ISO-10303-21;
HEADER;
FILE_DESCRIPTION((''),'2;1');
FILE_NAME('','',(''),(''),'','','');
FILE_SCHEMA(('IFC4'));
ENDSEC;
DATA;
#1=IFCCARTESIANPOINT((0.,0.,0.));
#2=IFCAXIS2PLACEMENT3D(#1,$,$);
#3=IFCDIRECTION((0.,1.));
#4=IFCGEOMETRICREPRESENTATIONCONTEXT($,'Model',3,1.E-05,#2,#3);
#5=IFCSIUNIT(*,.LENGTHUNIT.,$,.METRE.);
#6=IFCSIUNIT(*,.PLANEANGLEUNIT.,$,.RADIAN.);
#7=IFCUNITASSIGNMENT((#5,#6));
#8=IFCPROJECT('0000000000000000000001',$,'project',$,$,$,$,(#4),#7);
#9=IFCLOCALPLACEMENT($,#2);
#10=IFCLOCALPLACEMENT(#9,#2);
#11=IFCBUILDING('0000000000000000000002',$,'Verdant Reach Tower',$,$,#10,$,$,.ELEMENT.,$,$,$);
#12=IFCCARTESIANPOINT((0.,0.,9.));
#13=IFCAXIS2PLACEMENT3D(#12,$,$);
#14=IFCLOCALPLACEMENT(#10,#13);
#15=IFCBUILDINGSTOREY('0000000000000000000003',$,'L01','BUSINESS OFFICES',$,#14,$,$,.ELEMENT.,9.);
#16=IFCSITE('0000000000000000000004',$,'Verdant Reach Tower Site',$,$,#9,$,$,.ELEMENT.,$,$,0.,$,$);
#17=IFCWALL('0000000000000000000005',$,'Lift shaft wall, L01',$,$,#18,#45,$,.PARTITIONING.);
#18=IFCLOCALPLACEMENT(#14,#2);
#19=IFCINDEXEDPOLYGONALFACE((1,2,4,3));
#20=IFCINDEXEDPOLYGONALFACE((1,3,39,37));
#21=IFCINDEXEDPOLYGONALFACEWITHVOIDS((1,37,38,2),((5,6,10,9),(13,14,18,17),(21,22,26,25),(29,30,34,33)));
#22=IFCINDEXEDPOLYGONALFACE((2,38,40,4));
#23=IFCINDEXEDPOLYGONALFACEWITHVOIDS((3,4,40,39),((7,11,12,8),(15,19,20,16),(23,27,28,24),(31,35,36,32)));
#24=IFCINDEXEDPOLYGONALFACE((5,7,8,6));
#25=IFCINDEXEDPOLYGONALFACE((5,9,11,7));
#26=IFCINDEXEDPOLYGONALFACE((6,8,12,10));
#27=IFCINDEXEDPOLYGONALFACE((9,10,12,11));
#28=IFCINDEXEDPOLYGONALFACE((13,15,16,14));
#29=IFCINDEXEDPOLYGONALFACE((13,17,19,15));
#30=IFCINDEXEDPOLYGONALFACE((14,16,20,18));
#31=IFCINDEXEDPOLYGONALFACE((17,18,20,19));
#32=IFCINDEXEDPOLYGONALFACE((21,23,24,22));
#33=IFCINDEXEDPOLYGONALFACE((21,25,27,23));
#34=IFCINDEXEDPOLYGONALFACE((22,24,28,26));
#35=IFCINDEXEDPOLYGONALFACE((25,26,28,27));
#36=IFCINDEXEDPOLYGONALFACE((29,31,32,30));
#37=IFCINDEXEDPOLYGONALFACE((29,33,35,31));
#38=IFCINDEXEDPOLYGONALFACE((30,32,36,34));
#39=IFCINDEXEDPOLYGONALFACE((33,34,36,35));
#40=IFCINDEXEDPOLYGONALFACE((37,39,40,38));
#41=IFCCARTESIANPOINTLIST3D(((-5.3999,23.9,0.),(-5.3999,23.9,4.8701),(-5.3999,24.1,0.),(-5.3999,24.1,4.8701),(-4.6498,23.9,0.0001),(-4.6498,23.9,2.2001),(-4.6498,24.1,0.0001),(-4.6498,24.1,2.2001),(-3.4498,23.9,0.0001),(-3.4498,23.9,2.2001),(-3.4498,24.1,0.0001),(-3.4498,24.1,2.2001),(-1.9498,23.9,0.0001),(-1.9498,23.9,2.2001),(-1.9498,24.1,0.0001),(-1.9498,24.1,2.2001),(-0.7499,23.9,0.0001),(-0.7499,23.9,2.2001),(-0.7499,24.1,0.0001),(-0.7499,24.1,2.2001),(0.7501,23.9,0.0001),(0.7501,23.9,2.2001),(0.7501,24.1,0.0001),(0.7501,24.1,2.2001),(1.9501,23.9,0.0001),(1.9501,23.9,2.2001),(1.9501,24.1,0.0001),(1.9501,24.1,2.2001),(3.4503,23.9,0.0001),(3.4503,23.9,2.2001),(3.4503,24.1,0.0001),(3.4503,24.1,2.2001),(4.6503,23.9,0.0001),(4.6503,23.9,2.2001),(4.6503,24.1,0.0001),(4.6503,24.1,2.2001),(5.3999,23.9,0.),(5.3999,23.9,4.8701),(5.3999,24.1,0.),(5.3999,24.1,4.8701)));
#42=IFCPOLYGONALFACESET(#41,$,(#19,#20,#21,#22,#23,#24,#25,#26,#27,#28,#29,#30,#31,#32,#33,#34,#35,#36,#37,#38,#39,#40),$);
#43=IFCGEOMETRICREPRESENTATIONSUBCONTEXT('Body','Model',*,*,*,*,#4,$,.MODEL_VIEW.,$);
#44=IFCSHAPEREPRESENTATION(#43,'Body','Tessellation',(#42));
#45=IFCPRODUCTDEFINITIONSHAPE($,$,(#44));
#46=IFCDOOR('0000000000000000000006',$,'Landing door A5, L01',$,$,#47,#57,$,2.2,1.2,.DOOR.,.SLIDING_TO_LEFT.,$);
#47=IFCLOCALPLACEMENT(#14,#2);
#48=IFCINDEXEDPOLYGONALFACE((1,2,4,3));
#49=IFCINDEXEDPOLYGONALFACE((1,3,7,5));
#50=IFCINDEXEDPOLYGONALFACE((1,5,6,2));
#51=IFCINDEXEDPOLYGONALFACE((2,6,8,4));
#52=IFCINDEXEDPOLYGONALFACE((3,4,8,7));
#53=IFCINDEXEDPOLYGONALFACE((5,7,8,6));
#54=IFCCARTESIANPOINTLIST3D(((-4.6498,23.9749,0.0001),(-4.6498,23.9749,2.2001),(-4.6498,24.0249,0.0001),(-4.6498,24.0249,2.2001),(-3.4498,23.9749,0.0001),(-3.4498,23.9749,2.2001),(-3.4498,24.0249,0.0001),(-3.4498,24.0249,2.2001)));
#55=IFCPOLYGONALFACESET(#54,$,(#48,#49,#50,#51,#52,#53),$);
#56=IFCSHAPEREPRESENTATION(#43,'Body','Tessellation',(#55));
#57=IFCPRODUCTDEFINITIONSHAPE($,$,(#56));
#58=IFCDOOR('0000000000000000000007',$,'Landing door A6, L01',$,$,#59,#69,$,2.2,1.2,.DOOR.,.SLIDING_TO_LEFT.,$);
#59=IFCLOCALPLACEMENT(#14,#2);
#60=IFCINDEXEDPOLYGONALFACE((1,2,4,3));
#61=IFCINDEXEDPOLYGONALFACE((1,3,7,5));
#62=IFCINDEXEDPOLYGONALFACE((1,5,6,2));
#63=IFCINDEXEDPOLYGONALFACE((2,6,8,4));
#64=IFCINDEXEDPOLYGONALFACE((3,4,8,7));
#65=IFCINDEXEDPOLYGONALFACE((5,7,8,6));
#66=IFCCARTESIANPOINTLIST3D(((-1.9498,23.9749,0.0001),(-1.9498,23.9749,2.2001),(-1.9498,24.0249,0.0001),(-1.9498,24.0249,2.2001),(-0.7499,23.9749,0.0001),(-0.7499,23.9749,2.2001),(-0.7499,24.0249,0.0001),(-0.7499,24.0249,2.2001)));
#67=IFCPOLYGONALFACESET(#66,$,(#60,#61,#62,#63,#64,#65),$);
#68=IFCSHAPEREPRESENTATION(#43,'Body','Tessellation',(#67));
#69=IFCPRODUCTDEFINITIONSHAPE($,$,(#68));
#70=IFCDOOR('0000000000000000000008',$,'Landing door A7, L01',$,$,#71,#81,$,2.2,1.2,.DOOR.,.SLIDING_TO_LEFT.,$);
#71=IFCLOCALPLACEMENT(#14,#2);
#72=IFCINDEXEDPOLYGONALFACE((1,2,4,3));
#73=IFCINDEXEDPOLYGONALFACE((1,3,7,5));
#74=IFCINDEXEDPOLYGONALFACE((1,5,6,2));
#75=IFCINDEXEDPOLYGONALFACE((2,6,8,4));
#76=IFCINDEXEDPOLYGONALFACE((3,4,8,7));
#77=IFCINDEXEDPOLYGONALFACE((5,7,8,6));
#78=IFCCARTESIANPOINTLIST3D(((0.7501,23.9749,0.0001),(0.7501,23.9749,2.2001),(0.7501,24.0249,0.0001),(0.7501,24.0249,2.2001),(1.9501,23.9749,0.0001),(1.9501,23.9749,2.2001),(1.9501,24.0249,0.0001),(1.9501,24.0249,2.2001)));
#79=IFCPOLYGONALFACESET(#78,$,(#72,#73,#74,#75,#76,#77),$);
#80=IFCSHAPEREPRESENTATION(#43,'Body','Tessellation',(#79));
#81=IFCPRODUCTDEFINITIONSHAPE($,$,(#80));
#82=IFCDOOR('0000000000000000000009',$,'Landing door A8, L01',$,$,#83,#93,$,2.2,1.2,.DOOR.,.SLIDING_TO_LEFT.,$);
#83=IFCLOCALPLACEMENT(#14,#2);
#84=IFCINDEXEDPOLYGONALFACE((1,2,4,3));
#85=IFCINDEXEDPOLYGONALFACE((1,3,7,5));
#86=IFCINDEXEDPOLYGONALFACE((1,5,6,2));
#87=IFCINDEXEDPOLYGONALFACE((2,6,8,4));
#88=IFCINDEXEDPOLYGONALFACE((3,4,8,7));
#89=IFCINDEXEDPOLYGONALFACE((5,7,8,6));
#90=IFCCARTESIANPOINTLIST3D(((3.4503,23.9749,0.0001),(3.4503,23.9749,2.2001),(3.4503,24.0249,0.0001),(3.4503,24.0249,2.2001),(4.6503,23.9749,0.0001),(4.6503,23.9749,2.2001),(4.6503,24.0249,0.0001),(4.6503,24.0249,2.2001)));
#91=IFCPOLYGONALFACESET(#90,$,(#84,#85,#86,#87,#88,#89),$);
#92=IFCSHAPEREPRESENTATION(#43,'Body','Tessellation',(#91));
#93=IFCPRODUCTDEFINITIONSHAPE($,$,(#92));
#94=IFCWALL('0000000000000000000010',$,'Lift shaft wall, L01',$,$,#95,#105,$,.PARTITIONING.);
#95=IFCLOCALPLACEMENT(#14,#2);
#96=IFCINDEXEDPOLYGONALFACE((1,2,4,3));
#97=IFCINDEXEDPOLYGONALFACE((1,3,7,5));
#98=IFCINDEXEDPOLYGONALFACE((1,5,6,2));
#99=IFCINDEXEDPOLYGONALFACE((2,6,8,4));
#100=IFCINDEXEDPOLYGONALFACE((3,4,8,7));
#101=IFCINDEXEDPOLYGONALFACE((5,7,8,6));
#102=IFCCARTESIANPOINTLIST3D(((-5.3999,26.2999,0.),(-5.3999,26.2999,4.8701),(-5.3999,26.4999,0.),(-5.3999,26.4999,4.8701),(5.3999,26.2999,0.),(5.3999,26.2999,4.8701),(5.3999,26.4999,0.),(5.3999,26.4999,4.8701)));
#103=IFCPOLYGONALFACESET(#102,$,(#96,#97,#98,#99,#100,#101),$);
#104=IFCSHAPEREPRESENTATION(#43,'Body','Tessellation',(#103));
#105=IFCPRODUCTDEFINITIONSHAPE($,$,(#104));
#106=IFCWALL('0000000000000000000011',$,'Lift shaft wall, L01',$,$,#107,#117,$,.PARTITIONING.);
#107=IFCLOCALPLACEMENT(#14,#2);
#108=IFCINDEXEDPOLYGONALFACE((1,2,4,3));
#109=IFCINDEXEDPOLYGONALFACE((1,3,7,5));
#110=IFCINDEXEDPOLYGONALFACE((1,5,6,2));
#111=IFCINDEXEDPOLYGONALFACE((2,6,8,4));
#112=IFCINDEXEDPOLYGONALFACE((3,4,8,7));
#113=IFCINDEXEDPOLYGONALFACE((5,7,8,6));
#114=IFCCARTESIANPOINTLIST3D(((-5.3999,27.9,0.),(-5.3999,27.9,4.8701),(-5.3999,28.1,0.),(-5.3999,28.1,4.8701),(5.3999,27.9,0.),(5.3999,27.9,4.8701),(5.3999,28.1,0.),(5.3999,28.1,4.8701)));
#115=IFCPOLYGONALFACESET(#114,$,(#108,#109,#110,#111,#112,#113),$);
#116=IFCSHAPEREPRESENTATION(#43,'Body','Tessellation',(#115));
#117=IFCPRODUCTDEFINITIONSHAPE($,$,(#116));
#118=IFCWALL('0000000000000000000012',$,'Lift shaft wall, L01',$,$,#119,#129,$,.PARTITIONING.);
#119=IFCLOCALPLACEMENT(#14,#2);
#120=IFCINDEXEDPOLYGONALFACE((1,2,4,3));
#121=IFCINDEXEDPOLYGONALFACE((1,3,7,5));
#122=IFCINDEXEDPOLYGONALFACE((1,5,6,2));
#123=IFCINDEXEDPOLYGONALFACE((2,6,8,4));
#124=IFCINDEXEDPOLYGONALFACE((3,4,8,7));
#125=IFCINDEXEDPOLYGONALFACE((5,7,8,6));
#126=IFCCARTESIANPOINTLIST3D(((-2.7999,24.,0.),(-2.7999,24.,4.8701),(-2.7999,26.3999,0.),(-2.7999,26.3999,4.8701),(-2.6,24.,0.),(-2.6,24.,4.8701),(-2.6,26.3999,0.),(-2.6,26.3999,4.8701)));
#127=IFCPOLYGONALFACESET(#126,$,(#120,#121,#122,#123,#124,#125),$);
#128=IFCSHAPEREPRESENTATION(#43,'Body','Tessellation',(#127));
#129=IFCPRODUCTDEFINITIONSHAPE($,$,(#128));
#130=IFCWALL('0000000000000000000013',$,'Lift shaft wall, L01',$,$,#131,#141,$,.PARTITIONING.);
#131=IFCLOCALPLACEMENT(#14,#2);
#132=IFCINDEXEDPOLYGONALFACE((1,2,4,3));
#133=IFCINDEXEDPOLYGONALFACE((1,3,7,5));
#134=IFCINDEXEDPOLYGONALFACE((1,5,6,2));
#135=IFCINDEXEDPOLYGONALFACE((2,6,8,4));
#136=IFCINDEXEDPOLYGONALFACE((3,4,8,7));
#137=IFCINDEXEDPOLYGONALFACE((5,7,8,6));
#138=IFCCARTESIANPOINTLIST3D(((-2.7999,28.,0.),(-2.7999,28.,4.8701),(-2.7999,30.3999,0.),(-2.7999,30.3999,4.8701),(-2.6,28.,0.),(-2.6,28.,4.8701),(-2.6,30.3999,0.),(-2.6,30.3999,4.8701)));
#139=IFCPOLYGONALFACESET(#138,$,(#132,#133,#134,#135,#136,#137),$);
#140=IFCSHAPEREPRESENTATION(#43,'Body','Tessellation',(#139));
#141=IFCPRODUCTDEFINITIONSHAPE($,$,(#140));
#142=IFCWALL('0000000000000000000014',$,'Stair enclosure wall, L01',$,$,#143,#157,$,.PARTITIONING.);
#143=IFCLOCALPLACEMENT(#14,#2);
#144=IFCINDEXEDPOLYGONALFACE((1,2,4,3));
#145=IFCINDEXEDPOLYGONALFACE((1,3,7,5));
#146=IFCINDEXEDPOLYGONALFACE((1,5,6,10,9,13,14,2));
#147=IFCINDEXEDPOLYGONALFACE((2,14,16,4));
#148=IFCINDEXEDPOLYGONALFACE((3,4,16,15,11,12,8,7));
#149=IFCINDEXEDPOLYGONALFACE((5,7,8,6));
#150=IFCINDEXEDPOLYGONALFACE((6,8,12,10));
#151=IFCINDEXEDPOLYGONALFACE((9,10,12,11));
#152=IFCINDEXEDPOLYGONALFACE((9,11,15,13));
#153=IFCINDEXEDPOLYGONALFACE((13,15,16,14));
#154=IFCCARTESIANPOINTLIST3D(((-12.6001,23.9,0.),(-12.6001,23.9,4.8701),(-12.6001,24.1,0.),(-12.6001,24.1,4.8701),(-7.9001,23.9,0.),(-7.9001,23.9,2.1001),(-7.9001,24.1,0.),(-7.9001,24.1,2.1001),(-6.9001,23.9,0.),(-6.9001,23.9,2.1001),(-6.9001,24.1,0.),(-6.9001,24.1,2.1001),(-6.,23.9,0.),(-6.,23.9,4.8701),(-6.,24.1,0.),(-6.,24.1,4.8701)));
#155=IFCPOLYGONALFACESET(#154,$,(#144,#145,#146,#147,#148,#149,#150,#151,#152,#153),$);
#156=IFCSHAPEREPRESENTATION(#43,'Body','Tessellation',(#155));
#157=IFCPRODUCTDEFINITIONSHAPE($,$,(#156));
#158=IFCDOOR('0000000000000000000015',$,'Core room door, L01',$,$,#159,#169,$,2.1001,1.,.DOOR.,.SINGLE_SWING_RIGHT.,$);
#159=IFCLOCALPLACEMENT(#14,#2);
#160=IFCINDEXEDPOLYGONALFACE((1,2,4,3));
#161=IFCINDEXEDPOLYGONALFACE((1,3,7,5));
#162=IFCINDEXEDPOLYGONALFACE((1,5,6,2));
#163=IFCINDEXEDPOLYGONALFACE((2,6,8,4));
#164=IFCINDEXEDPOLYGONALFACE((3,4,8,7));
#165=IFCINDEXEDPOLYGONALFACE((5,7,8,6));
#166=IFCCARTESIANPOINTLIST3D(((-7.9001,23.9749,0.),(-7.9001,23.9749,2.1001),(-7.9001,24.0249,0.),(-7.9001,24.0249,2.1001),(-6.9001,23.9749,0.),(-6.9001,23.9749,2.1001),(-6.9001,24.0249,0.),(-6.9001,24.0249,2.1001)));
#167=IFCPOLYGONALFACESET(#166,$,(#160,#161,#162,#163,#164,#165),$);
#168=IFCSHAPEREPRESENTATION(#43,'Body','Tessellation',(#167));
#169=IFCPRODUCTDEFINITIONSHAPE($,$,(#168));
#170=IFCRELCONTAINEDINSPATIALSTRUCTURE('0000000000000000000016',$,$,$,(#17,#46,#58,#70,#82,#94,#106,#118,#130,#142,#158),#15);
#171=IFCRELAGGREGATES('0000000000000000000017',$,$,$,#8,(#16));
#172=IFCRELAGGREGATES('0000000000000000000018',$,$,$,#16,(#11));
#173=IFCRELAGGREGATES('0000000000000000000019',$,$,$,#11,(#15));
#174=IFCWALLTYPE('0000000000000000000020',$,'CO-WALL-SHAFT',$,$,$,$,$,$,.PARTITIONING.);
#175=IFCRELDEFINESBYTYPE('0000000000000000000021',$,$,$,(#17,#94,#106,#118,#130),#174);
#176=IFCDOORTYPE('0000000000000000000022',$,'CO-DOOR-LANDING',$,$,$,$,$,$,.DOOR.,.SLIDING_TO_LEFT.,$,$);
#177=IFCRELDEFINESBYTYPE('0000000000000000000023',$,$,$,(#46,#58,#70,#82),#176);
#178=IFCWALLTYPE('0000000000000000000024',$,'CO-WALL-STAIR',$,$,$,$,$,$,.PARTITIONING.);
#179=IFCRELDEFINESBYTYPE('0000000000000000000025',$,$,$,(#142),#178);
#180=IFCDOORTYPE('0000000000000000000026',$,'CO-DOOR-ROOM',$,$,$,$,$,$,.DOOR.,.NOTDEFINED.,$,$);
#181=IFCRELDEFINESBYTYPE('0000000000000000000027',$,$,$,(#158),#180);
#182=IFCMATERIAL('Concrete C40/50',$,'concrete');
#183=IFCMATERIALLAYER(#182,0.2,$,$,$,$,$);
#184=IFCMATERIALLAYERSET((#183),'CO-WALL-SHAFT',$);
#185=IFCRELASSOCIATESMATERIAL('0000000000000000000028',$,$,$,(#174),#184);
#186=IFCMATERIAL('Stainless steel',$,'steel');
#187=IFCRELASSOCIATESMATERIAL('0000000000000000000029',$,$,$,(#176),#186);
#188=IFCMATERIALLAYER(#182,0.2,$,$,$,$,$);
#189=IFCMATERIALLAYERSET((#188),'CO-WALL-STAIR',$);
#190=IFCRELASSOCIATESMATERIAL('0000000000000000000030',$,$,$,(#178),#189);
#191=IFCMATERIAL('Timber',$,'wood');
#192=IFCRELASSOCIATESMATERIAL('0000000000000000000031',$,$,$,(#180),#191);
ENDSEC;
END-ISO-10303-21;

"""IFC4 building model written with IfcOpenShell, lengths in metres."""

from ifc_helpers import new_model, si_unit, direction, frame, frame_2d, origin, place, context, subcontext, project, spatial, rectangle, extrude, material, layer, layer_set, type_object, element, fill, save


model = new_model("IFC4")

# Units and contexts
model_context = context("Model", 3, precision=1e-05, world=origin(), true_north=direction((0.0, 1.0)))
body_context = subcontext(model_context, "Body", "Model", "MODEL_VIEW")
ifc_project = project(units=[si_unit("LENGTHUNIT", "METRE"), si_unit("PLANEANGLEUNIT", "RADIAN")], contexts=[model_context])

# Site, building, storey
site_placement = place(None, origin())
site = spatial("IfcSite", under=ifc_project, at=site_placement, Name="Verdant Reach Tower Site", CompositionType="ELEMENT", RefElevation=0.0)
building_placement = place(site_placement, origin())
building = spatial("IfcBuilding", under=site, at=building_placement, Name="Verdant Reach Tower", CompositionType="ELEMENT")
storey_placement = place(building_placement, frame((0.0, 0.0, 9.0)))
storey = spatial("IfcBuildingStorey", under=building, at=storey_placement, Name="L01", Description="BUSINESS OFFICES", CompositionType="ELEMENT", Elevation=9.0)

# Wall, openings, doors
ifc_material_1 = material(Name="Concrete C40/50", Category="concrete")
ifc_layer_1 = layer(ifc_material_1, 0.2)
ifc_layer_set_1 = layer_set([ifc_layer_1], Name="CO-WALL-SHAFT")
wall_type_1 = type_object("IfcWallType", Name="CO-WALL-SHAFT", PredefinedType="PARTITIONING", material=ifc_layer_set_1)
wall_1_placement = place(storey_placement, frame((-5.3999, 24.0, 0.0), z_axis=(0.0, 0.0, 1.0), x_axis=(1.0, 0.0, 0.0)))
wall_1 = element("IfcWall", 1, at=wall_1_placement, inside=storey, type_object=wall_type_1, Name="Lift shaft wall, L01", PredefinedType="PARTITIONING", context=body_context, shape_type="SweptSolid", body=[
    extrude(rectangle(XDim=10.7998, YDim=0.2, at=frame_2d((5.3999, 0.0))), origin(), (0.0, 0.0, 1.0), 4.8701),
])
opening_1_placement = place(wall_1_placement, frame((0.75, 0.0, 0.0)))
opening_1 = element("IfcOpeningElement", 2, at=opening_1_placement, cuts=wall_1, PredefinedType="OPENING", context=body_context, shape_type="SweptSolid", body=[
    extrude(rectangle(XDim=1.2, YDim=2.2, at=frame_2d((0.6001, 1.1001))), frame((0.0, 0.1099, 0.0), z_axis=(0.0, -1.0, 0.0), x_axis=(1.0, 0.0, 0.0)), (0.0, 0.0, 1.0), 0.22),
])
opening_2_placement = place(wall_1_placement, frame((3.45, 0.0, 0.0)))
opening_2 = element("IfcOpeningElement", 3, at=opening_2_placement, cuts=wall_1, PredefinedType="OPENING", context=body_context, shape_type="SweptSolid", body=[
    extrude(rectangle(XDim=1.2, YDim=2.2, at=frame_2d((0.6001, 1.1001))), frame((0.0, 0.1099, 0.0), z_axis=(0.0, -1.0, 0.0), x_axis=(1.0, 0.0, 0.0)), (0.0, 0.0, 1.0), 0.22),
])
opening_3_placement = place(wall_1_placement, frame((6.1499, 0.0, 0.0)))
opening_3 = element("IfcOpeningElement", 4, at=opening_3_placement, cuts=wall_1, PredefinedType="OPENING", context=body_context, shape_type="SweptSolid", body=[
    extrude(rectangle(XDim=1.2, YDim=2.2, at=frame_2d((0.6001, 1.1001))), frame((0.0, 0.1099, 0.0), z_axis=(0.0, -1.0, 0.0), x_axis=(1.0, 0.0, 0.0)), (0.0, 0.0, 1.0), 0.22),
])
opening_4_placement = place(wall_1_placement, frame((8.8501, 0.0, 0.0)))
opening_4 = element("IfcOpeningElement", 5, at=opening_4_placement, cuts=wall_1, PredefinedType="OPENING", context=body_context, shape_type="SweptSolid", body=[
    extrude(rectangle(XDim=1.2, YDim=2.2, at=frame_2d((0.6001, 1.1001))), frame((0.0, 0.1099, 0.0), z_axis=(0.0, -1.0, 0.0), x_axis=(1.0, 0.0, 0.0)), (0.0, 0.0, 1.0), 0.22),
])
ifc_material_2 = material(Name="Stainless steel", Category="steel")
door_type_1 = type_object("IfcDoorType", Name="CO-DOOR-LANDING", OperationType="SLIDING_TO_LEFT", PredefinedType="DOOR", material=ifc_material_2)
door_1_placement = place(opening_1_placement, origin())
door_1 = element("IfcDoor", 6, at=door_1_placement, inside=storey, type_object=door_type_1, Name="Landing door A5, L01", OperationType="SLIDING_TO_LEFT", OverallHeight=2.2, OverallWidth=1.2, PredefinedType="DOOR", context=body_context, shape_type="SweptSolid", body=[
    extrude(rectangle(XDim=1.2, YDim=2.2, at=frame_2d((0.6001, 1.1001))), frame((0.0, 0.0249, 0.0), z_axis=(0.0, -1.0, 0.0), x_axis=(1.0, 0.0, 0.0)), (0.0, 0.0, 1.0), 0.05),
])
fill(opening_1, door_1)
door_2_placement = place(opening_2_placement, origin())
door_2 = element("IfcDoor", 7, at=door_2_placement, inside=storey, type_object=door_type_1, Name="Landing door A6, L01", OperationType="SLIDING_TO_LEFT", OverallHeight=2.2, OverallWidth=1.2, PredefinedType="DOOR", context=body_context, shape_type="SweptSolid", body=[
    extrude(rectangle(XDim=1.2, YDim=2.2, at=frame_2d((0.6001, 1.1001))), frame((0.0, 0.0249, 0.0), z_axis=(0.0, -1.0, 0.0), x_axis=(1.0, 0.0, 0.0)), (0.0, 0.0, 1.0), 0.05),
])
fill(opening_2, door_2)
door_3_placement = place(opening_3_placement, origin())
door_3 = element("IfcDoor", 8, at=door_3_placement, inside=storey, type_object=door_type_1, Name="Landing door A7, L01", OperationType="SLIDING_TO_LEFT", OverallHeight=2.2, OverallWidth=1.2, PredefinedType="DOOR", context=body_context, shape_type="SweptSolid", body=[
    extrude(rectangle(XDim=1.2, YDim=2.2, at=frame_2d((0.6001, 1.1001))), frame((0.0, 0.0249, 0.0), z_axis=(0.0, -1.0, 0.0), x_axis=(1.0, 0.0, 0.0)), (0.0, 0.0, 1.0), 0.05),
])
fill(opening_3, door_3)
door_4_placement = place(opening_4_placement, origin())
door_4 = element("IfcDoor", 9, at=door_4_placement, inside=storey, type_object=door_type_1, Name="Landing door A8, L01", OperationType="SLIDING_TO_LEFT", OverallHeight=2.2, OverallWidth=1.2, PredefinedType="DOOR", context=body_context, shape_type="SweptSolid", body=[
    extrude(rectangle(XDim=1.2, YDim=2.2, at=frame_2d((0.6001, 1.1001))), frame((0.0, 0.0249, 0.0), z_axis=(0.0, -1.0, 0.0), x_axis=(1.0, 0.0, 0.0)), (0.0, 0.0, 1.0), 0.05),
])
fill(opening_4, door_4)

# Walls
for number, where, z_axis, x_axis, name in (
    (10, (-5.3999, 26.3999, 0.0), (0.0, 0.0, 1.0), (1.0, 0.0, 0.0), "Lift shaft wall, L01"),
    (11, (-5.3999, 28.0, 0.0), (0.0, 0.0, 1.0), (1.0, 0.0, 0.0), "Lift shaft wall, L01"),
):
    element("IfcWall", number, at=place(storey_placement, frame(where, z_axis=z_axis, x_axis=x_axis)), inside=storey, type_object=wall_type_1, Name=name, PredefinedType="PARTITIONING", context=body_context, shape_type="SweptSolid", body=[
        extrude(rectangle(XDim=10.7998, YDim=0.2, at=frame_2d((5.3999, 0.0))), origin(), (0.0, 0.0, 1.0), 4.8701),
    ])
for number, where, z_axis, x_axis, name in (
    (12, (-2.7, 24.0, 0.0), (0.0, 0.0, 1.0), (0.0, 1.0, 0.0), "Lift shaft wall, L01"),
    (13, (-2.7, 28.0, 0.0), (0.0, 0.0, 1.0), (0.0, 1.0, 0.0), "Lift shaft wall, L01"),
):
    element("IfcWall", number, at=place(storey_placement, frame(where, z_axis=z_axis, x_axis=x_axis)), inside=storey, type_object=wall_type_1, Name=name, PredefinedType="PARTITIONING", context=body_context, shape_type="SweptSolid", body=[
        extrude(rectangle(XDim=2.3999, YDim=0.2, at=frame_2d((1.2, 0.0))), origin(), (0.0, 0.0, 1.0), 4.8701),
    ])

# Wall, opening, door
ifc_layer_2 = layer(ifc_material_1, 0.2)
ifc_layer_set_2 = layer_set([ifc_layer_2], Name="CO-WALL-STAIR")
wall_type_2 = type_object("IfcWallType", Name="CO-WALL-STAIR", PredefinedType="PARTITIONING", material=ifc_layer_set_2)
wall_2_placement = place(storey_placement, frame((-12.6001, 24.0, 0.0), z_axis=(0.0, 0.0, 1.0), x_axis=(1.0, 0.0, 0.0)))
wall_2 = element("IfcWall", 14, at=wall_2_placement, inside=storey, type_object=wall_type_2, Name="Stair enclosure wall, L01", PredefinedType="PARTITIONING", context=body_context, shape_type="SweptSolid", body=[
    extrude(rectangle(XDim=6.6001, YDim=0.2, at=frame_2d((3.3, 0.0))), origin(), (0.0, 0.0, 1.0), 4.8701),
])
opening_5_placement = place(wall_2_placement, frame((4.7, 0.0, 0.0)))
opening_5 = element("IfcOpeningElement", 15, at=opening_5_placement, cuts=wall_2, PredefinedType="OPENING", context=body_context, shape_type="SweptSolid", body=[
    extrude(rectangle(XDim=1.0, YDim=2.1001, at=frame_2d((0.5, 1.05))), frame((0.0, 0.1099, 0.0), z_axis=(0.0, -1.0, 0.0), x_axis=(1.0, 0.0, 0.0)), (0.0, 0.0, 1.0), 0.22),
])
ifc_material_3 = material(Name="Timber", Category="wood")
door_type_2 = type_object("IfcDoorType", Name="CO-DOOR-ROOM", OperationType="NOTDEFINED", PredefinedType="DOOR", material=ifc_material_3)
door_5_placement = place(opening_5_placement, origin())
door_5 = element("IfcDoor", 16, at=door_5_placement, inside=storey, type_object=door_type_2, Name="Core room door, L01", OperationType="SINGLE_SWING_RIGHT", OverallHeight=2.1001, OverallWidth=1.0, PredefinedType="DOOR", context=body_context, shape_type="SweptSolid", body=[
    extrude(rectangle(XDim=1.0, YDim=2.1001, at=frame_2d((0.5, 1.05))), frame((0.0, 0.0249, 0.0), z_axis=(0.0, -1.0, 0.0), x_axis=(1.0, 0.0, 0.0)), (0.0, 0.0, 1.0), 0.05),
])
fill(opening_5, door_5)

save(model, "model.ifc")
